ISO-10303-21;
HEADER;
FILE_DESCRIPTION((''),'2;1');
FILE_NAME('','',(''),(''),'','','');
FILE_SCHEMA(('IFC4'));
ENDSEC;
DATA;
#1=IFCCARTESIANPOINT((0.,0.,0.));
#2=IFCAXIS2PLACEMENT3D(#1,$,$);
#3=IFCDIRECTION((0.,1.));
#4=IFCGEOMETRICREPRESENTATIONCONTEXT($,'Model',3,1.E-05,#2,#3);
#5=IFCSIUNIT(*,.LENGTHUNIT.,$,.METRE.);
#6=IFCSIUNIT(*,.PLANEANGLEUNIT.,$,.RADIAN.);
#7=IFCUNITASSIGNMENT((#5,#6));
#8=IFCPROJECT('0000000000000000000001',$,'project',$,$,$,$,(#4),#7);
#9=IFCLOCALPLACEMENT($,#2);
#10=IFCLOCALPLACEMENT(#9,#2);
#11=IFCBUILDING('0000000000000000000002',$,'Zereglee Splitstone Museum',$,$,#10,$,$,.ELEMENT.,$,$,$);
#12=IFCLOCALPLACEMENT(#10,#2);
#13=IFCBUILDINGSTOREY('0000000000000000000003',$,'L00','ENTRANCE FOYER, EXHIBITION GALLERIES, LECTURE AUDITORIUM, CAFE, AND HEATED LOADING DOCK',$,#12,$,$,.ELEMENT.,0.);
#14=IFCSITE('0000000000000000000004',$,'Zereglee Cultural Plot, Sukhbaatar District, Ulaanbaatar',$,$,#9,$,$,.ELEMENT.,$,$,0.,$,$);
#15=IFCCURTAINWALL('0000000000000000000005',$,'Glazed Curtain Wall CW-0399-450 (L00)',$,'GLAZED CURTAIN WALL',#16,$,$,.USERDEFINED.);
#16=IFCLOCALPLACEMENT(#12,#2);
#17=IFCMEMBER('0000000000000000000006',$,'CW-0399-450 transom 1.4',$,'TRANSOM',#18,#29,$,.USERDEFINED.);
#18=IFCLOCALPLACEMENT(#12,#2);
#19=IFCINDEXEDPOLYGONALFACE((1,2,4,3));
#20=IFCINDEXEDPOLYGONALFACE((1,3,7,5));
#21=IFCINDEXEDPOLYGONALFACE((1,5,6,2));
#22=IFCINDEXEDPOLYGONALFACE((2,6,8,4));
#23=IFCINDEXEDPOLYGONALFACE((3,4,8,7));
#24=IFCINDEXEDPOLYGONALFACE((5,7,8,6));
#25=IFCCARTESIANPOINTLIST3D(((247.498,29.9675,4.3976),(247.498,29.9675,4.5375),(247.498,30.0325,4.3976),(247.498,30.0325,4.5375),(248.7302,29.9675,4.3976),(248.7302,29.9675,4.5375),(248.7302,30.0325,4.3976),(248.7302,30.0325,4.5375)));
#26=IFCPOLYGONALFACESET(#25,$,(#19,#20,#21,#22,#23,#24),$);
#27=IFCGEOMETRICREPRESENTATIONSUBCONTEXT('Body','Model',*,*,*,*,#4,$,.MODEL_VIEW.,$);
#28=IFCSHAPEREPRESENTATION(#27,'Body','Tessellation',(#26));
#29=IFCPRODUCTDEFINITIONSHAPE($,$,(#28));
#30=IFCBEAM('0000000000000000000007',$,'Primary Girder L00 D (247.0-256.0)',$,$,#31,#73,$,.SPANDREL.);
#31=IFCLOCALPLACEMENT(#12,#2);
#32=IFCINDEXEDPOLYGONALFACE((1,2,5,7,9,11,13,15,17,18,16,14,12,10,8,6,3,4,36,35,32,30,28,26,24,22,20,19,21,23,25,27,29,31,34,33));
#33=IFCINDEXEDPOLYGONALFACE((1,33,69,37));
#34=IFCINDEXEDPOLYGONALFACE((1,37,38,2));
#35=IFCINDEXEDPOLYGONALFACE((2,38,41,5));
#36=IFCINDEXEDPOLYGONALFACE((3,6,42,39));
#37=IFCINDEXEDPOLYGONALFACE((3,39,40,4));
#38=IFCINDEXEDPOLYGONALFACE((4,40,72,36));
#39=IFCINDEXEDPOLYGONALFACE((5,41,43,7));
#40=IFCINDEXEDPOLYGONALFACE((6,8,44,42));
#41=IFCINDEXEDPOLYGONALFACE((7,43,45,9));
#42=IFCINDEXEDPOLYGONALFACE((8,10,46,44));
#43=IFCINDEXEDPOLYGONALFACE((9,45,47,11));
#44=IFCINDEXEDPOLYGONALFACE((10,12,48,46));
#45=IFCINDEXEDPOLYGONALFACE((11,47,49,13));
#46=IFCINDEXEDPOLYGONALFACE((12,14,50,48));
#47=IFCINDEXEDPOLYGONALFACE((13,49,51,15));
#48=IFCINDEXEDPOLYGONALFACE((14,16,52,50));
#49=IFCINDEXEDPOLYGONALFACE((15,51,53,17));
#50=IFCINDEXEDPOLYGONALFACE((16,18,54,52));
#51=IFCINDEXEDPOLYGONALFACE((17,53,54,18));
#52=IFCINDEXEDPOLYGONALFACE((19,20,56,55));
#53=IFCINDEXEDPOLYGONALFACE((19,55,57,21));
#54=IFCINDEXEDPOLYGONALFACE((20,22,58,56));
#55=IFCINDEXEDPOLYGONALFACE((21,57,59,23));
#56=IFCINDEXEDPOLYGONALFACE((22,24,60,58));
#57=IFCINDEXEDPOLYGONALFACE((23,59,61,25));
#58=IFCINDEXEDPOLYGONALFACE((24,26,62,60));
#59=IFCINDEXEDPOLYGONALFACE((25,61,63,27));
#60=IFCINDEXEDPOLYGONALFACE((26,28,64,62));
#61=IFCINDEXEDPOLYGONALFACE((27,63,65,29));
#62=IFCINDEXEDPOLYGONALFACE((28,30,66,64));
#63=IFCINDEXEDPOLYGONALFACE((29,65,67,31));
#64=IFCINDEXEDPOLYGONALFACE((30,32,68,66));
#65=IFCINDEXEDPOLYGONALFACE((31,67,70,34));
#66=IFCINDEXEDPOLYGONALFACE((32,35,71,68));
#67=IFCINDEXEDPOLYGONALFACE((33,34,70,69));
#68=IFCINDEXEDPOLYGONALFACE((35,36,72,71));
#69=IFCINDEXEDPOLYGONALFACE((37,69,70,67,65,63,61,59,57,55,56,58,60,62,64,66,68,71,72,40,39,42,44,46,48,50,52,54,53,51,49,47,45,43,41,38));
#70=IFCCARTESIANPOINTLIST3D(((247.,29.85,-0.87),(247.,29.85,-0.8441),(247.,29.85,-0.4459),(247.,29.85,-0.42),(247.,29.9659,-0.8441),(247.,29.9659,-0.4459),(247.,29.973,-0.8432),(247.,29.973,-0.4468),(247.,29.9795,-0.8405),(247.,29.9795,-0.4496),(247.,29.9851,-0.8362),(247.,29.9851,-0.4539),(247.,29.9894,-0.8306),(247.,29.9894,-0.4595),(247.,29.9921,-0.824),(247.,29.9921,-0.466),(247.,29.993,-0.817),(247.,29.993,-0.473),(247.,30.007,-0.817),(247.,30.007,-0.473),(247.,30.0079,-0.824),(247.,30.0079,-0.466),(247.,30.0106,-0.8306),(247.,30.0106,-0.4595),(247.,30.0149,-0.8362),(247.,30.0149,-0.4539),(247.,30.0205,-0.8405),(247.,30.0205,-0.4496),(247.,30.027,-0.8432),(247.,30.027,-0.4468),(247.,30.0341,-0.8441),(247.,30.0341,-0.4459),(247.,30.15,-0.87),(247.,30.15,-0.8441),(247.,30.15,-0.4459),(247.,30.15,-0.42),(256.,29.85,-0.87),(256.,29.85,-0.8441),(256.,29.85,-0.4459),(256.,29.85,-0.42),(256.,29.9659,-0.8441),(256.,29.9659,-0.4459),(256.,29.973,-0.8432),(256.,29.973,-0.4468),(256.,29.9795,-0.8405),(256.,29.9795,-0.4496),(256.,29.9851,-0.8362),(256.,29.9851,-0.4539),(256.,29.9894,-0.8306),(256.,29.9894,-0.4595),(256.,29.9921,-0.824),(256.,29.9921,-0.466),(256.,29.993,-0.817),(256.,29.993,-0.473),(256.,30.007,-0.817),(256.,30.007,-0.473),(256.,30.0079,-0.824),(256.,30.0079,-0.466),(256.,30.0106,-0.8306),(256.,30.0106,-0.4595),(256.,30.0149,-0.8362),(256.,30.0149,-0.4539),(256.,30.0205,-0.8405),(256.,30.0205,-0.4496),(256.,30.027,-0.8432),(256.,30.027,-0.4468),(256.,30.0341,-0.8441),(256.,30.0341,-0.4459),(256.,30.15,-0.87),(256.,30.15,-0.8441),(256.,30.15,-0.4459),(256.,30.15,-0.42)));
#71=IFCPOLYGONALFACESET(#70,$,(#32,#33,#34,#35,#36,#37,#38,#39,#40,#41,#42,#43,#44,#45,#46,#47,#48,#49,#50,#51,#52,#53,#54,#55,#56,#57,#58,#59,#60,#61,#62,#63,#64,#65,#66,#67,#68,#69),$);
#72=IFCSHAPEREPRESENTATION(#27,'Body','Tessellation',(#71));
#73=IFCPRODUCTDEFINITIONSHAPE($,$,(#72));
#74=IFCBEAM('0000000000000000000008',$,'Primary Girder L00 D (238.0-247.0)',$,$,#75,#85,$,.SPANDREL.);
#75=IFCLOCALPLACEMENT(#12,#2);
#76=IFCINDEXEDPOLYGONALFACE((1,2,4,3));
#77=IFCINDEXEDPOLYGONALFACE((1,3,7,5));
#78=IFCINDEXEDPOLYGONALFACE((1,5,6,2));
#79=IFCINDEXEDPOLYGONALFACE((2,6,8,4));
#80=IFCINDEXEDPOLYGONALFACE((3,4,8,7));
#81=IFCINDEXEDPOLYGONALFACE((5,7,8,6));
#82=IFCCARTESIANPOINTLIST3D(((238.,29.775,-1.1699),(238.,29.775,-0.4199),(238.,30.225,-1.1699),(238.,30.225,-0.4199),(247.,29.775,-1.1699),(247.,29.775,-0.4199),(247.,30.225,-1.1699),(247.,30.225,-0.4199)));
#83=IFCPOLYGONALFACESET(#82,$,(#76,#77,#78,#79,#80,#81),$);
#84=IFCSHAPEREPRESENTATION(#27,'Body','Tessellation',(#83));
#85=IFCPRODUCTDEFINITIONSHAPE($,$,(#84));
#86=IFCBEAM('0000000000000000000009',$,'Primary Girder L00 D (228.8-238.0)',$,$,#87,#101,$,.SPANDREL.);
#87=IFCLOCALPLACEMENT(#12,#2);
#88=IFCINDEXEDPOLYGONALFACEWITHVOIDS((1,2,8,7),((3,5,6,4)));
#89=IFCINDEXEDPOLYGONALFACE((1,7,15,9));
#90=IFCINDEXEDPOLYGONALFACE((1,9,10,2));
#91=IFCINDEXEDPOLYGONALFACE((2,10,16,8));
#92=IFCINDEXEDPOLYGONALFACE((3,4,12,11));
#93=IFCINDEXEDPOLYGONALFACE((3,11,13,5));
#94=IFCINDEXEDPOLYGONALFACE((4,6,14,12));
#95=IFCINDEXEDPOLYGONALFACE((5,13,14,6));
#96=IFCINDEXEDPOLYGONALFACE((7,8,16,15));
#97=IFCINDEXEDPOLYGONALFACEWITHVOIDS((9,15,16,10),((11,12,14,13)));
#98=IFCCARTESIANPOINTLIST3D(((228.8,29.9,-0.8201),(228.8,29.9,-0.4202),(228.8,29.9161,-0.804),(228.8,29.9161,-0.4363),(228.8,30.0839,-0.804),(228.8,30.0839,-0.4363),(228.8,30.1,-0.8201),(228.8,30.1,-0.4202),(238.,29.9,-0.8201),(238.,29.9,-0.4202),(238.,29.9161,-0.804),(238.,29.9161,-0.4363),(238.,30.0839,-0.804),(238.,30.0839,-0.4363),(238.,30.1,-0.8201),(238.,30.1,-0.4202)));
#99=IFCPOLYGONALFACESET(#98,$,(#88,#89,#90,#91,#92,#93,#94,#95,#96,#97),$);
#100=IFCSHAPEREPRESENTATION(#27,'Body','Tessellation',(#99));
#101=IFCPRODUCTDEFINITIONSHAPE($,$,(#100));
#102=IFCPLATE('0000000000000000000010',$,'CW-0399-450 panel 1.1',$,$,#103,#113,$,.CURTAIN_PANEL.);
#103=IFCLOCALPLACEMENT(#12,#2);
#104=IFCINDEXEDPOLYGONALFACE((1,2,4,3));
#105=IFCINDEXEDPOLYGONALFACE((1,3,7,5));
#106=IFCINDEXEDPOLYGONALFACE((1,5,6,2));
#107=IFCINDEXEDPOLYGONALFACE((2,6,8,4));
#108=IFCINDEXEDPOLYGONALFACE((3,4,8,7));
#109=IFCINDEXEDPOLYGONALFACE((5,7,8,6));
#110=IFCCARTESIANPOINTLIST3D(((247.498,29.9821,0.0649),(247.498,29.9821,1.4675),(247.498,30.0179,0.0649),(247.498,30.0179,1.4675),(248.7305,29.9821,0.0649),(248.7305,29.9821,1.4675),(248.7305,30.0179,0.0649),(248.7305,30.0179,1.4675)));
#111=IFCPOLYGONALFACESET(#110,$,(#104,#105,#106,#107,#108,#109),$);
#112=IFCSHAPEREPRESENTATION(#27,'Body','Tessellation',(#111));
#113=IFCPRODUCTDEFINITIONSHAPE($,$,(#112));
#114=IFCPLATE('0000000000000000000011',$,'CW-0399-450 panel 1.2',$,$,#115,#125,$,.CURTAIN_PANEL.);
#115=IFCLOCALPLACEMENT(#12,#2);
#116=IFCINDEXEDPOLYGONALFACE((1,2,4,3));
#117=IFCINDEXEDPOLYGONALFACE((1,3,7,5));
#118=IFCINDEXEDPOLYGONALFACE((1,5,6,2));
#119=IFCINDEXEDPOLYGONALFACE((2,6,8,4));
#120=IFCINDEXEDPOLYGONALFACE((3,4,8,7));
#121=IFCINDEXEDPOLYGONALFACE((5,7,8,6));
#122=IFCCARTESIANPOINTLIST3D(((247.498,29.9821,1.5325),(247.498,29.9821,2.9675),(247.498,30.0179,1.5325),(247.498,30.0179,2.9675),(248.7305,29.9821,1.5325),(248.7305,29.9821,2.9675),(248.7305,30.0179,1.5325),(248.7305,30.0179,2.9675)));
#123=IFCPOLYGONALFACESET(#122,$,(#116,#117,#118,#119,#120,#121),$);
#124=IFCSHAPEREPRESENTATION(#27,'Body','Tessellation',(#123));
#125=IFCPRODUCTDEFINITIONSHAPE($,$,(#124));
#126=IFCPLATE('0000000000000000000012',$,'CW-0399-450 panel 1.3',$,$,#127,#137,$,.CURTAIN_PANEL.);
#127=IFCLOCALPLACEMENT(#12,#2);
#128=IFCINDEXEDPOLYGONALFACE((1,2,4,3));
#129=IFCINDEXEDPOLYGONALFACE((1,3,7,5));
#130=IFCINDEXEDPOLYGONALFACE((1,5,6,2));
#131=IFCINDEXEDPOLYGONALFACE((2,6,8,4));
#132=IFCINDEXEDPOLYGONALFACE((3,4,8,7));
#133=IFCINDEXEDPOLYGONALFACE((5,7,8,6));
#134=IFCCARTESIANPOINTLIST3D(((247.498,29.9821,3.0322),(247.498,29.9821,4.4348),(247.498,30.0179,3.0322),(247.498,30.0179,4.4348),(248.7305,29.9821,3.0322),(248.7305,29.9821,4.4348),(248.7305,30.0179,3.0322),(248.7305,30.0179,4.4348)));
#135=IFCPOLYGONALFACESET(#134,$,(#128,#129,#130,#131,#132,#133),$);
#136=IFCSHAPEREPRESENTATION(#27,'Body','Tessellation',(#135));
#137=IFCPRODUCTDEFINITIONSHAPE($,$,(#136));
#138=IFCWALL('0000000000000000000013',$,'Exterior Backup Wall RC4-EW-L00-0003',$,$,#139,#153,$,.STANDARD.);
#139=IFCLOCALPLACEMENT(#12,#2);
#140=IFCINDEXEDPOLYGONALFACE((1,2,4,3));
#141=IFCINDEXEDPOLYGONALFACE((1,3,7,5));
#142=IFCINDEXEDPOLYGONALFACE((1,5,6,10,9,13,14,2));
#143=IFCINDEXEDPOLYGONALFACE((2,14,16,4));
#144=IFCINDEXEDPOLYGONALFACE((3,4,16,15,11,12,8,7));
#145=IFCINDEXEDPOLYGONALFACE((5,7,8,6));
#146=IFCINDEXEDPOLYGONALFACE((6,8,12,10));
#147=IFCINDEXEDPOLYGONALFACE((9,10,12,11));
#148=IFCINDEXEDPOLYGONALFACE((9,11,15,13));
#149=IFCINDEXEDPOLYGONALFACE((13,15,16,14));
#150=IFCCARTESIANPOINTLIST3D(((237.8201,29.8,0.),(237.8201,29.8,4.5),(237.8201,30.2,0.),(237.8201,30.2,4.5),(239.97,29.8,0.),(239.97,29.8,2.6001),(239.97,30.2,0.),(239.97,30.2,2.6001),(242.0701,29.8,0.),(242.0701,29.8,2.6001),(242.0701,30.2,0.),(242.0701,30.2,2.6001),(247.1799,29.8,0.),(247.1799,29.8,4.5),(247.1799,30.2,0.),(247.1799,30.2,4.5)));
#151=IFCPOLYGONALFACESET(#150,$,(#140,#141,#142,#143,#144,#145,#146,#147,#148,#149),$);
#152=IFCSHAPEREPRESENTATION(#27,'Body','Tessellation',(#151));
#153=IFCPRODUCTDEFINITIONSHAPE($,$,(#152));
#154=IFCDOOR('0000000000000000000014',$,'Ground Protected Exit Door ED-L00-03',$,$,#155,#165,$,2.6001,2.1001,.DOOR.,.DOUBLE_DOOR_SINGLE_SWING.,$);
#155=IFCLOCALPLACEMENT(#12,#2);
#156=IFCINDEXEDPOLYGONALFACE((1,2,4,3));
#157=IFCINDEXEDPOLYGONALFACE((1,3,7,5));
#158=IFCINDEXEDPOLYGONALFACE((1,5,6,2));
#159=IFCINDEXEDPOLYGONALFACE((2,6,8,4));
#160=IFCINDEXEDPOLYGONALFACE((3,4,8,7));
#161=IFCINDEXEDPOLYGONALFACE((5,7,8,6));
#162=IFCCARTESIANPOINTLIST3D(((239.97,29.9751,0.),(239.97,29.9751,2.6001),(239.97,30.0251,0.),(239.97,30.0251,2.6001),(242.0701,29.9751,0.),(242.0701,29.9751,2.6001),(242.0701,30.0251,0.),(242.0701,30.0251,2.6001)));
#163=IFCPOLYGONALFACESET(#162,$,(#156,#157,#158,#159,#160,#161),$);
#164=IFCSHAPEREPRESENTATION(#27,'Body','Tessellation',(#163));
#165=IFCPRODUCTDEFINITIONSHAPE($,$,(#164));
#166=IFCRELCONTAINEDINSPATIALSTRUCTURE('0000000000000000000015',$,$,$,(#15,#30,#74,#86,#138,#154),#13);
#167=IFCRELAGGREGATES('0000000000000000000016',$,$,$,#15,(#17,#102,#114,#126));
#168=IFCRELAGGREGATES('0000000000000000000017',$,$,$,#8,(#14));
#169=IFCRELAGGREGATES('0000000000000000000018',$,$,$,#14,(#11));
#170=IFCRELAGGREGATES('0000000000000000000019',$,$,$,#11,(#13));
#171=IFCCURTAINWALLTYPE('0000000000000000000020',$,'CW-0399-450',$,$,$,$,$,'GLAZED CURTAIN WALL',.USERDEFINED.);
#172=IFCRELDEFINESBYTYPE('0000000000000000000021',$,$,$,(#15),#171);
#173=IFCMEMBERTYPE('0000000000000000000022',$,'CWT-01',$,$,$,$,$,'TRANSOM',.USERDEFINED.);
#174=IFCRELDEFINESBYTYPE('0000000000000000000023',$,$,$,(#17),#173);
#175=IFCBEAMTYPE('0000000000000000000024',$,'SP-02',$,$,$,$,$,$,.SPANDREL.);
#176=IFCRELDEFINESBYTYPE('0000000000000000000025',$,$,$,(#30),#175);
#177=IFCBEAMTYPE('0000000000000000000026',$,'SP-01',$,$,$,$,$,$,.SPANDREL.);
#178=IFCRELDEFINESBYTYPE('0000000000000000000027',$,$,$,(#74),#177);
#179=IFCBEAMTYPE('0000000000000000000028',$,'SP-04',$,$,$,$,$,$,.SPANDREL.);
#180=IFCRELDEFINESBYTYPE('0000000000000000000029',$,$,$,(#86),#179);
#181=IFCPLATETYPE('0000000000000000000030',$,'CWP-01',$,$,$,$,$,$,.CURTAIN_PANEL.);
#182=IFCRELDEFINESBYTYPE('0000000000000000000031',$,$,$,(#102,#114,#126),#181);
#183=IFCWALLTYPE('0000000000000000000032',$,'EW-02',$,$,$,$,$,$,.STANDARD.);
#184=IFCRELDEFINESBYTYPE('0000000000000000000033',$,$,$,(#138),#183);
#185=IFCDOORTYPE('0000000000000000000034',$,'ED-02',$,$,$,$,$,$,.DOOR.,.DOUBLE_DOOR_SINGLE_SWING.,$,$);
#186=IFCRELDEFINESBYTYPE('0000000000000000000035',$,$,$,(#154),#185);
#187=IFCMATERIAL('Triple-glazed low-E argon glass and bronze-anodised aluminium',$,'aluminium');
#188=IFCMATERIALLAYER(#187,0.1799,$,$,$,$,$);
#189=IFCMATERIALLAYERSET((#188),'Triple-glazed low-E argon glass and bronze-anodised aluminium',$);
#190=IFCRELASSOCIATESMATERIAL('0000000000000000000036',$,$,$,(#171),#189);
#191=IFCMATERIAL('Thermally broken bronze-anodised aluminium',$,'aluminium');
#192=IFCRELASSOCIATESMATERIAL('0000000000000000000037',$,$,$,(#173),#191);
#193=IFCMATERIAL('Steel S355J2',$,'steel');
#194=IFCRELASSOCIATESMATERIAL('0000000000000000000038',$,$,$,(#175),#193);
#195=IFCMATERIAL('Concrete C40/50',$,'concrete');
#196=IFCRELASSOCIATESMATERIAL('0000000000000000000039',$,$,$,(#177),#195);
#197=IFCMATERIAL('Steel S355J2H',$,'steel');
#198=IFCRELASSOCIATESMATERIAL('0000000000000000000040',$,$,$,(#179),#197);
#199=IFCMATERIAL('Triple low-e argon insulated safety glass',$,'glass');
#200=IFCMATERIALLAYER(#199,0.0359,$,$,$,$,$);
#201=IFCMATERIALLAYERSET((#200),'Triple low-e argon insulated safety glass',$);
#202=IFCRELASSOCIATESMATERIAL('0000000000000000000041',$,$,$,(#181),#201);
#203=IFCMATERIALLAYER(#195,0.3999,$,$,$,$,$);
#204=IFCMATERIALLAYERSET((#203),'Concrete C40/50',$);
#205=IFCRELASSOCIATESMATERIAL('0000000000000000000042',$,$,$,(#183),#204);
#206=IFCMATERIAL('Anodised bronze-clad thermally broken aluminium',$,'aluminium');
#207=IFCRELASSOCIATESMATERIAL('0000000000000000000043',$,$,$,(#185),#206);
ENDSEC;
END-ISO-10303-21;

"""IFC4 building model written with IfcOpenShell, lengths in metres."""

from ifc_helpers import new_model, si_unit, direction, frame, frame_2d, origin, origin_2d, place, context, subcontext, project, spatial, rectangle, hollow_rectangle, i_section, extrude, material, layer, layer_set, material_profile, profile_set, type_object, element, fill, aggregate, save


model = new_model("IFC4")

# Units and contexts
model_context = context("Model", 3, precision=1e-05, world=origin(), true_north=direction((0.0, 1.0)))
body_context = subcontext(model_context, "Body", "Model", "MODEL_VIEW")
ifc_project = project(units=[si_unit("LENGTHUNIT", "METRE"), si_unit("PLANEANGLEUNIT", "RADIAN")], contexts=[model_context])

# Site, building, storey
site_placement = place(None, origin())
site = spatial("IfcSite", under=ifc_project, at=site_placement, Name="Zereglee Cultural Plot, Sukhbaatar District, Ulaanbaatar", CompositionType="ELEMENT", RefElevation=0.0)
building_placement = place(site_placement, origin())
building = spatial("IfcBuilding", under=site, at=building_placement, Name="Zereglee Splitstone Museum", CompositionType="ELEMENT")
storey_placement = place(building_placement, origin())
storey = spatial("IfcBuildingStorey", under=building, at=storey_placement, Name="L00", Description="ENTRANCE FOYER, EXHIBITION GALLERIES, LECTURE AUDITORIUM, CAFE, AND HEATED LOADING DOCK", CompositionType="ELEMENT", Elevation=0.0)

# Shared definitions
ifc_material_1 = material(Name="Concrete C40/50", Category="concrete")

# Shared definitions
ifc_material_2 = material(Name="Triple-glazed low-E argon glass and bronze-anodised aluminium", Category="aluminium")
ifc_material_3 = material(Name="Thermally broken bronze-anodised aluminium", Category="aluminium")

# Curtain wall, member
ifc_layer_1 = layer(ifc_material_2, 0.1799)
ifc_layer_set_1 = layer_set([ifc_layer_1], Name="Triple-glazed low-E argon glass and bronze-anodised aluminium")
curtain_wall_type_1 = type_object("IfcCurtainWallType", Name="CW-0399-450", ElementType="GLAZED CURTAIN WALL", PredefinedType="USERDEFINED", material=ifc_layer_set_1)
curtain_wall_1_placement = place(storey_placement, origin())
curtain_wall_1 = element("IfcCurtainWall", 1, at=curtain_wall_1_placement, inside=storey, type_object=curtain_wall_type_1, Name="Glazed Curtain Wall CW-0399-450 (L00)", ObjectType="GLAZED CURTAIN WALL", PredefinedType="USERDEFINED")
ifc_material_profile_1 = material_profile(ifc_material_3, rectangle(XDim=0.0649, YDim=0.1399, at=origin_2d()), Name="CW TRAN 65x140")
ifc_profile_set_1 = profile_set([ifc_material_profile_1], Name="Thermally broken bronze-anodised aluminium")
member_type_1 = type_object("IfcMemberType", Name="CWT-01", ElementType="TRANSOM", PredefinedType="USERDEFINED", material=ifc_profile_set_1)
member_1_placement = place(storey_placement, frame((247.498, 30.0, 4.4675), z_axis=(1.0, 0.0, 0.0), x_axis=(0.0, 1.0, 0.0)))
member_1 = element("IfcMember", 2, at=member_1_placement, type_object=member_type_1, Name="CW-0399-450 transom 1.4", ObjectType="TRANSOM", PredefinedType="USERDEFINED", context=body_context, shape_type="SweptSolid", body=[
    extrude(rectangle(XDim=0.0649, YDim=0.1399, at=origin_2d()), origin(), (0.0, 0.0, 1.0), 1.2322),
])

# Beams
ifc_material_4 = material(Name="Steel S355J2", Category="steel")
ifc_material_profile_2 = material_profile(ifc_material_4, i_section(OverallWidth=0.3, OverallDepth=0.45, WebThickness=0.0139, FlangeThickness=0.0259, FilletRadius=0.0271, at=origin_2d()), Name="HE 450 B")
ifc_profile_set_2 = profile_set([ifc_material_profile_2], Name="Steel S355J2")
beam_type_1 = type_object("IfcBeamType", Name="SP-02", PredefinedType="SPANDREL", material=ifc_profile_set_2)
beam_1_placement = place(storey_placement, frame((247.0, 30.0, -0.645), z_axis=(1.0, 0.0, 0.0), x_axis=(0.0, 1.0, 0.0)))
element("IfcBeam", 3, at=beam_1_placement, inside=storey, type_object=beam_type_1, Name="Primary Girder L00 D (247.0-256.0)", PredefinedType="SPANDREL", context=body_context, shape_type="SweptSolid", body=[
    extrude(i_section(OverallWidth=0.3, OverallDepth=0.45, WebThickness=0.0139, FlangeThickness=0.0259, FilletRadius=0.0271, at=origin_2d()), origin(), (0.0, 0.0, 1.0), 9.0),
])
ifc_material_profile_3 = material_profile(ifc_material_1, rectangle(XDim=0.45, YDim=0.75, at=origin_2d()), Name="RC 450x750")
ifc_profile_set_3 = profile_set([ifc_material_profile_3], Name="Concrete C40/50")
beam_type_2 = type_object("IfcBeamType", Name="SP-01", PredefinedType="SPANDREL", material=ifc_profile_set_3)
beam_2_placement = place(storey_placement, frame((238.0, 30.0, -0.7949), z_axis=(1.0, 0.0, 0.0), x_axis=(0.0, 1.0, 0.0)))
element("IfcBeam", 4, at=beam_2_placement, inside=storey, type_object=beam_type_2, Name="Primary Girder L00 D (238.0-247.0)", PredefinedType="SPANDREL", context=body_context, shape_type="SweptSolid", body=[
    extrude(rectangle(XDim=0.45, YDim=0.75, at=origin_2d()), origin(), (0.0, 0.0, 1.0), 9.0),
])
ifc_material_5 = material(Name="Steel S355J2H", Category="steel")
ifc_material_profile_4 = material_profile(ifc_material_5, hollow_rectangle(XDim=0.2, YDim=0.3999, WallThickness=0.0161, at=origin_2d()), Name="RHS 400x200x16")
ifc_profile_set_4 = profile_set([ifc_material_profile_4], Name="Steel S355J2H")
beam_type_3 = type_object("IfcBeamType", Name="SP-04", PredefinedType="SPANDREL", material=ifc_profile_set_4)
beam_3_placement = place(storey_placement, frame((228.8, 30.0, -0.6201), z_axis=(1.0, 0.0, 0.0), x_axis=(0.0, 1.0, 0.0)))
element("IfcBeam", 5, at=beam_3_placement, inside=storey, type_object=beam_type_3, Name="Primary Girder L00 D (228.8-238.0)", PredefinedType="SPANDREL", context=body_context, shape_type="SweptSolid", body=[
    extrude(hollow_rectangle(XDim=0.2, YDim=0.3999, WallThickness=0.0161, at=origin_2d()), origin(), (0.0, 0.0, 1.0), 9.2),
])

# Plates
ifc_material_6 = material(Name="Triple low-e argon insulated safety glass", Category="glass")
ifc_layer_2 = layer(ifc_material_6, 0.0359)
ifc_layer_set_2 = layer_set([ifc_layer_2], Name="Triple low-e argon insulated safety glass")
plate_type = type_object("IfcPlateType", Name="CWP-01", PredefinedType="CURTAIN_PANEL", material=ifc_layer_set_2)
plate_1_placement = place(storey_placement, frame((248.1143, 30.0, 0.0649), z_axis=(0.0, 0.0, 1.0), x_axis=(1.0, 0.0, 0.0)))
plate_1 = element("IfcPlate", 6, at=plate_1_placement, type_object=plate_type, Name="CW-0399-450 panel 1.1", PredefinedType="CURTAIN_PANEL", context=body_context, shape_type="SweptSolid", body=[
    extrude(rectangle(XDim=1.2324, YDim=0.0359, at=origin_2d()), origin(), (0.0, 0.0, 1.0), 1.4026),
])
plate_2_placement = place(storey_placement, frame((248.1143, 30.0, 1.5325), z_axis=(0.0, 0.0, 1.0), x_axis=(1.0, 0.0, 0.0)))
plate_2 = element("IfcPlate", 7, at=plate_2_placement, type_object=plate_type, Name="CW-0399-450 panel 1.2", PredefinedType="CURTAIN_PANEL", context=body_context, shape_type="SweptSolid", body=[
    extrude(rectangle(XDim=1.2324, YDim=0.0359, at=origin_2d()), origin(), (0.0, 0.0, 1.0), 1.4351),
])
plate_3_placement = place(storey_placement, frame((248.1143, 30.0, 3.0322), z_axis=(0.0, 0.0, 1.0), x_axis=(1.0, 0.0, 0.0)))
plate_3 = element("IfcPlate", 8, at=plate_3_placement, type_object=plate_type, Name="CW-0399-450 panel 1.3", PredefinedType="CURTAIN_PANEL", context=body_context, shape_type="SweptSolid", body=[
    extrude(rectangle(XDim=1.2324, YDim=0.0359, at=origin_2d()), origin(), (0.0, 0.0, 1.0), 1.4026),
])
aggregate(curtain_wall_1, [member_1, plate_1, plate_2, plate_3])

# Wall, opening, door
ifc_layer_3 = layer(ifc_material_1, 0.3999)
ifc_layer_set_3 = layer_set([ifc_layer_3], Name="Concrete C40/50")
wall_type = type_object("IfcWallType", Name="EW-02", PredefinedType="STANDARD", material=ifc_layer_set_3)
wall_placement = place(storey_placement, frame((237.8201, 30.0, 0.0), z_axis=(0.0, 0.0, 1.0), x_axis=(1.0, 0.0, 0.0)))
wall = element("IfcWall", 9, at=wall_placement, inside=storey, type_object=wall_type, Name="Exterior Backup Wall RC4-EW-L00-0003", PredefinedType="STANDARD", context=body_context, shape_type="SweptSolid", body=[
    extrude(rectangle(XDim=9.3599, YDim=0.3999, at=frame_2d((4.6799, 0.0))), origin(), (0.0, 0.0, 1.0), 4.5),
])
opening_placement = place(wall_placement, frame((2.1499, 0.0, 0.0)))
opening = element("IfcOpeningElement", 10, at=opening_placement, cuts=wall, PredefinedType="OPENING", context=body_context, shape_type="SweptSolid", body=[
    extrude(rectangle(XDim=2.1001, YDim=2.6001, at=frame_2d((1.05, 1.3))), frame((0.0, 0.2148, 0.0), z_axis=(0.0, -1.0, 0.0), x_axis=(1.0, 0.0, 0.0)), (0.0, 0.0, 1.0), 0.4297),
])
ifc_material_7 = material(Name="Anodised bronze-clad thermally broken aluminium", Category="aluminium")
door_type = type_object("IfcDoorType", Name="ED-02", OperationType="DOUBLE_DOOR_SINGLE_SWING", PredefinedType="DOOR", material=ifc_material_7)
door_placement = place(opening_placement, frame((2.1001, 0.0, 0.0), z_axis=(0.0, 0.0, 1.0), x_axis=(-1.0, 0.0, 0.0)))
door = element("IfcDoor", 11, at=door_placement, inside=storey, type_object=door_type, Name="Ground Protected Exit Door ED-L00-03", OperationType="DOUBLE_DOOR_SINGLE_SWING", OverallHeight=2.6001, OverallWidth=2.1001, PredefinedType="DOOR", context=body_context, shape_type="SweptSolid", body=[
    extrude(rectangle(XDim=2.1001, YDim=2.6001, at=frame_2d((1.05, 1.3))), frame((0.0, 0.0249, 0.0), z_axis=(0.0, -1.0, 0.0), x_axis=(1.0, 0.0, 0.0)), (0.0, 0.0, 1.0), 0.05),
])
fill(opening, door)

save(model, "model.ifc")
